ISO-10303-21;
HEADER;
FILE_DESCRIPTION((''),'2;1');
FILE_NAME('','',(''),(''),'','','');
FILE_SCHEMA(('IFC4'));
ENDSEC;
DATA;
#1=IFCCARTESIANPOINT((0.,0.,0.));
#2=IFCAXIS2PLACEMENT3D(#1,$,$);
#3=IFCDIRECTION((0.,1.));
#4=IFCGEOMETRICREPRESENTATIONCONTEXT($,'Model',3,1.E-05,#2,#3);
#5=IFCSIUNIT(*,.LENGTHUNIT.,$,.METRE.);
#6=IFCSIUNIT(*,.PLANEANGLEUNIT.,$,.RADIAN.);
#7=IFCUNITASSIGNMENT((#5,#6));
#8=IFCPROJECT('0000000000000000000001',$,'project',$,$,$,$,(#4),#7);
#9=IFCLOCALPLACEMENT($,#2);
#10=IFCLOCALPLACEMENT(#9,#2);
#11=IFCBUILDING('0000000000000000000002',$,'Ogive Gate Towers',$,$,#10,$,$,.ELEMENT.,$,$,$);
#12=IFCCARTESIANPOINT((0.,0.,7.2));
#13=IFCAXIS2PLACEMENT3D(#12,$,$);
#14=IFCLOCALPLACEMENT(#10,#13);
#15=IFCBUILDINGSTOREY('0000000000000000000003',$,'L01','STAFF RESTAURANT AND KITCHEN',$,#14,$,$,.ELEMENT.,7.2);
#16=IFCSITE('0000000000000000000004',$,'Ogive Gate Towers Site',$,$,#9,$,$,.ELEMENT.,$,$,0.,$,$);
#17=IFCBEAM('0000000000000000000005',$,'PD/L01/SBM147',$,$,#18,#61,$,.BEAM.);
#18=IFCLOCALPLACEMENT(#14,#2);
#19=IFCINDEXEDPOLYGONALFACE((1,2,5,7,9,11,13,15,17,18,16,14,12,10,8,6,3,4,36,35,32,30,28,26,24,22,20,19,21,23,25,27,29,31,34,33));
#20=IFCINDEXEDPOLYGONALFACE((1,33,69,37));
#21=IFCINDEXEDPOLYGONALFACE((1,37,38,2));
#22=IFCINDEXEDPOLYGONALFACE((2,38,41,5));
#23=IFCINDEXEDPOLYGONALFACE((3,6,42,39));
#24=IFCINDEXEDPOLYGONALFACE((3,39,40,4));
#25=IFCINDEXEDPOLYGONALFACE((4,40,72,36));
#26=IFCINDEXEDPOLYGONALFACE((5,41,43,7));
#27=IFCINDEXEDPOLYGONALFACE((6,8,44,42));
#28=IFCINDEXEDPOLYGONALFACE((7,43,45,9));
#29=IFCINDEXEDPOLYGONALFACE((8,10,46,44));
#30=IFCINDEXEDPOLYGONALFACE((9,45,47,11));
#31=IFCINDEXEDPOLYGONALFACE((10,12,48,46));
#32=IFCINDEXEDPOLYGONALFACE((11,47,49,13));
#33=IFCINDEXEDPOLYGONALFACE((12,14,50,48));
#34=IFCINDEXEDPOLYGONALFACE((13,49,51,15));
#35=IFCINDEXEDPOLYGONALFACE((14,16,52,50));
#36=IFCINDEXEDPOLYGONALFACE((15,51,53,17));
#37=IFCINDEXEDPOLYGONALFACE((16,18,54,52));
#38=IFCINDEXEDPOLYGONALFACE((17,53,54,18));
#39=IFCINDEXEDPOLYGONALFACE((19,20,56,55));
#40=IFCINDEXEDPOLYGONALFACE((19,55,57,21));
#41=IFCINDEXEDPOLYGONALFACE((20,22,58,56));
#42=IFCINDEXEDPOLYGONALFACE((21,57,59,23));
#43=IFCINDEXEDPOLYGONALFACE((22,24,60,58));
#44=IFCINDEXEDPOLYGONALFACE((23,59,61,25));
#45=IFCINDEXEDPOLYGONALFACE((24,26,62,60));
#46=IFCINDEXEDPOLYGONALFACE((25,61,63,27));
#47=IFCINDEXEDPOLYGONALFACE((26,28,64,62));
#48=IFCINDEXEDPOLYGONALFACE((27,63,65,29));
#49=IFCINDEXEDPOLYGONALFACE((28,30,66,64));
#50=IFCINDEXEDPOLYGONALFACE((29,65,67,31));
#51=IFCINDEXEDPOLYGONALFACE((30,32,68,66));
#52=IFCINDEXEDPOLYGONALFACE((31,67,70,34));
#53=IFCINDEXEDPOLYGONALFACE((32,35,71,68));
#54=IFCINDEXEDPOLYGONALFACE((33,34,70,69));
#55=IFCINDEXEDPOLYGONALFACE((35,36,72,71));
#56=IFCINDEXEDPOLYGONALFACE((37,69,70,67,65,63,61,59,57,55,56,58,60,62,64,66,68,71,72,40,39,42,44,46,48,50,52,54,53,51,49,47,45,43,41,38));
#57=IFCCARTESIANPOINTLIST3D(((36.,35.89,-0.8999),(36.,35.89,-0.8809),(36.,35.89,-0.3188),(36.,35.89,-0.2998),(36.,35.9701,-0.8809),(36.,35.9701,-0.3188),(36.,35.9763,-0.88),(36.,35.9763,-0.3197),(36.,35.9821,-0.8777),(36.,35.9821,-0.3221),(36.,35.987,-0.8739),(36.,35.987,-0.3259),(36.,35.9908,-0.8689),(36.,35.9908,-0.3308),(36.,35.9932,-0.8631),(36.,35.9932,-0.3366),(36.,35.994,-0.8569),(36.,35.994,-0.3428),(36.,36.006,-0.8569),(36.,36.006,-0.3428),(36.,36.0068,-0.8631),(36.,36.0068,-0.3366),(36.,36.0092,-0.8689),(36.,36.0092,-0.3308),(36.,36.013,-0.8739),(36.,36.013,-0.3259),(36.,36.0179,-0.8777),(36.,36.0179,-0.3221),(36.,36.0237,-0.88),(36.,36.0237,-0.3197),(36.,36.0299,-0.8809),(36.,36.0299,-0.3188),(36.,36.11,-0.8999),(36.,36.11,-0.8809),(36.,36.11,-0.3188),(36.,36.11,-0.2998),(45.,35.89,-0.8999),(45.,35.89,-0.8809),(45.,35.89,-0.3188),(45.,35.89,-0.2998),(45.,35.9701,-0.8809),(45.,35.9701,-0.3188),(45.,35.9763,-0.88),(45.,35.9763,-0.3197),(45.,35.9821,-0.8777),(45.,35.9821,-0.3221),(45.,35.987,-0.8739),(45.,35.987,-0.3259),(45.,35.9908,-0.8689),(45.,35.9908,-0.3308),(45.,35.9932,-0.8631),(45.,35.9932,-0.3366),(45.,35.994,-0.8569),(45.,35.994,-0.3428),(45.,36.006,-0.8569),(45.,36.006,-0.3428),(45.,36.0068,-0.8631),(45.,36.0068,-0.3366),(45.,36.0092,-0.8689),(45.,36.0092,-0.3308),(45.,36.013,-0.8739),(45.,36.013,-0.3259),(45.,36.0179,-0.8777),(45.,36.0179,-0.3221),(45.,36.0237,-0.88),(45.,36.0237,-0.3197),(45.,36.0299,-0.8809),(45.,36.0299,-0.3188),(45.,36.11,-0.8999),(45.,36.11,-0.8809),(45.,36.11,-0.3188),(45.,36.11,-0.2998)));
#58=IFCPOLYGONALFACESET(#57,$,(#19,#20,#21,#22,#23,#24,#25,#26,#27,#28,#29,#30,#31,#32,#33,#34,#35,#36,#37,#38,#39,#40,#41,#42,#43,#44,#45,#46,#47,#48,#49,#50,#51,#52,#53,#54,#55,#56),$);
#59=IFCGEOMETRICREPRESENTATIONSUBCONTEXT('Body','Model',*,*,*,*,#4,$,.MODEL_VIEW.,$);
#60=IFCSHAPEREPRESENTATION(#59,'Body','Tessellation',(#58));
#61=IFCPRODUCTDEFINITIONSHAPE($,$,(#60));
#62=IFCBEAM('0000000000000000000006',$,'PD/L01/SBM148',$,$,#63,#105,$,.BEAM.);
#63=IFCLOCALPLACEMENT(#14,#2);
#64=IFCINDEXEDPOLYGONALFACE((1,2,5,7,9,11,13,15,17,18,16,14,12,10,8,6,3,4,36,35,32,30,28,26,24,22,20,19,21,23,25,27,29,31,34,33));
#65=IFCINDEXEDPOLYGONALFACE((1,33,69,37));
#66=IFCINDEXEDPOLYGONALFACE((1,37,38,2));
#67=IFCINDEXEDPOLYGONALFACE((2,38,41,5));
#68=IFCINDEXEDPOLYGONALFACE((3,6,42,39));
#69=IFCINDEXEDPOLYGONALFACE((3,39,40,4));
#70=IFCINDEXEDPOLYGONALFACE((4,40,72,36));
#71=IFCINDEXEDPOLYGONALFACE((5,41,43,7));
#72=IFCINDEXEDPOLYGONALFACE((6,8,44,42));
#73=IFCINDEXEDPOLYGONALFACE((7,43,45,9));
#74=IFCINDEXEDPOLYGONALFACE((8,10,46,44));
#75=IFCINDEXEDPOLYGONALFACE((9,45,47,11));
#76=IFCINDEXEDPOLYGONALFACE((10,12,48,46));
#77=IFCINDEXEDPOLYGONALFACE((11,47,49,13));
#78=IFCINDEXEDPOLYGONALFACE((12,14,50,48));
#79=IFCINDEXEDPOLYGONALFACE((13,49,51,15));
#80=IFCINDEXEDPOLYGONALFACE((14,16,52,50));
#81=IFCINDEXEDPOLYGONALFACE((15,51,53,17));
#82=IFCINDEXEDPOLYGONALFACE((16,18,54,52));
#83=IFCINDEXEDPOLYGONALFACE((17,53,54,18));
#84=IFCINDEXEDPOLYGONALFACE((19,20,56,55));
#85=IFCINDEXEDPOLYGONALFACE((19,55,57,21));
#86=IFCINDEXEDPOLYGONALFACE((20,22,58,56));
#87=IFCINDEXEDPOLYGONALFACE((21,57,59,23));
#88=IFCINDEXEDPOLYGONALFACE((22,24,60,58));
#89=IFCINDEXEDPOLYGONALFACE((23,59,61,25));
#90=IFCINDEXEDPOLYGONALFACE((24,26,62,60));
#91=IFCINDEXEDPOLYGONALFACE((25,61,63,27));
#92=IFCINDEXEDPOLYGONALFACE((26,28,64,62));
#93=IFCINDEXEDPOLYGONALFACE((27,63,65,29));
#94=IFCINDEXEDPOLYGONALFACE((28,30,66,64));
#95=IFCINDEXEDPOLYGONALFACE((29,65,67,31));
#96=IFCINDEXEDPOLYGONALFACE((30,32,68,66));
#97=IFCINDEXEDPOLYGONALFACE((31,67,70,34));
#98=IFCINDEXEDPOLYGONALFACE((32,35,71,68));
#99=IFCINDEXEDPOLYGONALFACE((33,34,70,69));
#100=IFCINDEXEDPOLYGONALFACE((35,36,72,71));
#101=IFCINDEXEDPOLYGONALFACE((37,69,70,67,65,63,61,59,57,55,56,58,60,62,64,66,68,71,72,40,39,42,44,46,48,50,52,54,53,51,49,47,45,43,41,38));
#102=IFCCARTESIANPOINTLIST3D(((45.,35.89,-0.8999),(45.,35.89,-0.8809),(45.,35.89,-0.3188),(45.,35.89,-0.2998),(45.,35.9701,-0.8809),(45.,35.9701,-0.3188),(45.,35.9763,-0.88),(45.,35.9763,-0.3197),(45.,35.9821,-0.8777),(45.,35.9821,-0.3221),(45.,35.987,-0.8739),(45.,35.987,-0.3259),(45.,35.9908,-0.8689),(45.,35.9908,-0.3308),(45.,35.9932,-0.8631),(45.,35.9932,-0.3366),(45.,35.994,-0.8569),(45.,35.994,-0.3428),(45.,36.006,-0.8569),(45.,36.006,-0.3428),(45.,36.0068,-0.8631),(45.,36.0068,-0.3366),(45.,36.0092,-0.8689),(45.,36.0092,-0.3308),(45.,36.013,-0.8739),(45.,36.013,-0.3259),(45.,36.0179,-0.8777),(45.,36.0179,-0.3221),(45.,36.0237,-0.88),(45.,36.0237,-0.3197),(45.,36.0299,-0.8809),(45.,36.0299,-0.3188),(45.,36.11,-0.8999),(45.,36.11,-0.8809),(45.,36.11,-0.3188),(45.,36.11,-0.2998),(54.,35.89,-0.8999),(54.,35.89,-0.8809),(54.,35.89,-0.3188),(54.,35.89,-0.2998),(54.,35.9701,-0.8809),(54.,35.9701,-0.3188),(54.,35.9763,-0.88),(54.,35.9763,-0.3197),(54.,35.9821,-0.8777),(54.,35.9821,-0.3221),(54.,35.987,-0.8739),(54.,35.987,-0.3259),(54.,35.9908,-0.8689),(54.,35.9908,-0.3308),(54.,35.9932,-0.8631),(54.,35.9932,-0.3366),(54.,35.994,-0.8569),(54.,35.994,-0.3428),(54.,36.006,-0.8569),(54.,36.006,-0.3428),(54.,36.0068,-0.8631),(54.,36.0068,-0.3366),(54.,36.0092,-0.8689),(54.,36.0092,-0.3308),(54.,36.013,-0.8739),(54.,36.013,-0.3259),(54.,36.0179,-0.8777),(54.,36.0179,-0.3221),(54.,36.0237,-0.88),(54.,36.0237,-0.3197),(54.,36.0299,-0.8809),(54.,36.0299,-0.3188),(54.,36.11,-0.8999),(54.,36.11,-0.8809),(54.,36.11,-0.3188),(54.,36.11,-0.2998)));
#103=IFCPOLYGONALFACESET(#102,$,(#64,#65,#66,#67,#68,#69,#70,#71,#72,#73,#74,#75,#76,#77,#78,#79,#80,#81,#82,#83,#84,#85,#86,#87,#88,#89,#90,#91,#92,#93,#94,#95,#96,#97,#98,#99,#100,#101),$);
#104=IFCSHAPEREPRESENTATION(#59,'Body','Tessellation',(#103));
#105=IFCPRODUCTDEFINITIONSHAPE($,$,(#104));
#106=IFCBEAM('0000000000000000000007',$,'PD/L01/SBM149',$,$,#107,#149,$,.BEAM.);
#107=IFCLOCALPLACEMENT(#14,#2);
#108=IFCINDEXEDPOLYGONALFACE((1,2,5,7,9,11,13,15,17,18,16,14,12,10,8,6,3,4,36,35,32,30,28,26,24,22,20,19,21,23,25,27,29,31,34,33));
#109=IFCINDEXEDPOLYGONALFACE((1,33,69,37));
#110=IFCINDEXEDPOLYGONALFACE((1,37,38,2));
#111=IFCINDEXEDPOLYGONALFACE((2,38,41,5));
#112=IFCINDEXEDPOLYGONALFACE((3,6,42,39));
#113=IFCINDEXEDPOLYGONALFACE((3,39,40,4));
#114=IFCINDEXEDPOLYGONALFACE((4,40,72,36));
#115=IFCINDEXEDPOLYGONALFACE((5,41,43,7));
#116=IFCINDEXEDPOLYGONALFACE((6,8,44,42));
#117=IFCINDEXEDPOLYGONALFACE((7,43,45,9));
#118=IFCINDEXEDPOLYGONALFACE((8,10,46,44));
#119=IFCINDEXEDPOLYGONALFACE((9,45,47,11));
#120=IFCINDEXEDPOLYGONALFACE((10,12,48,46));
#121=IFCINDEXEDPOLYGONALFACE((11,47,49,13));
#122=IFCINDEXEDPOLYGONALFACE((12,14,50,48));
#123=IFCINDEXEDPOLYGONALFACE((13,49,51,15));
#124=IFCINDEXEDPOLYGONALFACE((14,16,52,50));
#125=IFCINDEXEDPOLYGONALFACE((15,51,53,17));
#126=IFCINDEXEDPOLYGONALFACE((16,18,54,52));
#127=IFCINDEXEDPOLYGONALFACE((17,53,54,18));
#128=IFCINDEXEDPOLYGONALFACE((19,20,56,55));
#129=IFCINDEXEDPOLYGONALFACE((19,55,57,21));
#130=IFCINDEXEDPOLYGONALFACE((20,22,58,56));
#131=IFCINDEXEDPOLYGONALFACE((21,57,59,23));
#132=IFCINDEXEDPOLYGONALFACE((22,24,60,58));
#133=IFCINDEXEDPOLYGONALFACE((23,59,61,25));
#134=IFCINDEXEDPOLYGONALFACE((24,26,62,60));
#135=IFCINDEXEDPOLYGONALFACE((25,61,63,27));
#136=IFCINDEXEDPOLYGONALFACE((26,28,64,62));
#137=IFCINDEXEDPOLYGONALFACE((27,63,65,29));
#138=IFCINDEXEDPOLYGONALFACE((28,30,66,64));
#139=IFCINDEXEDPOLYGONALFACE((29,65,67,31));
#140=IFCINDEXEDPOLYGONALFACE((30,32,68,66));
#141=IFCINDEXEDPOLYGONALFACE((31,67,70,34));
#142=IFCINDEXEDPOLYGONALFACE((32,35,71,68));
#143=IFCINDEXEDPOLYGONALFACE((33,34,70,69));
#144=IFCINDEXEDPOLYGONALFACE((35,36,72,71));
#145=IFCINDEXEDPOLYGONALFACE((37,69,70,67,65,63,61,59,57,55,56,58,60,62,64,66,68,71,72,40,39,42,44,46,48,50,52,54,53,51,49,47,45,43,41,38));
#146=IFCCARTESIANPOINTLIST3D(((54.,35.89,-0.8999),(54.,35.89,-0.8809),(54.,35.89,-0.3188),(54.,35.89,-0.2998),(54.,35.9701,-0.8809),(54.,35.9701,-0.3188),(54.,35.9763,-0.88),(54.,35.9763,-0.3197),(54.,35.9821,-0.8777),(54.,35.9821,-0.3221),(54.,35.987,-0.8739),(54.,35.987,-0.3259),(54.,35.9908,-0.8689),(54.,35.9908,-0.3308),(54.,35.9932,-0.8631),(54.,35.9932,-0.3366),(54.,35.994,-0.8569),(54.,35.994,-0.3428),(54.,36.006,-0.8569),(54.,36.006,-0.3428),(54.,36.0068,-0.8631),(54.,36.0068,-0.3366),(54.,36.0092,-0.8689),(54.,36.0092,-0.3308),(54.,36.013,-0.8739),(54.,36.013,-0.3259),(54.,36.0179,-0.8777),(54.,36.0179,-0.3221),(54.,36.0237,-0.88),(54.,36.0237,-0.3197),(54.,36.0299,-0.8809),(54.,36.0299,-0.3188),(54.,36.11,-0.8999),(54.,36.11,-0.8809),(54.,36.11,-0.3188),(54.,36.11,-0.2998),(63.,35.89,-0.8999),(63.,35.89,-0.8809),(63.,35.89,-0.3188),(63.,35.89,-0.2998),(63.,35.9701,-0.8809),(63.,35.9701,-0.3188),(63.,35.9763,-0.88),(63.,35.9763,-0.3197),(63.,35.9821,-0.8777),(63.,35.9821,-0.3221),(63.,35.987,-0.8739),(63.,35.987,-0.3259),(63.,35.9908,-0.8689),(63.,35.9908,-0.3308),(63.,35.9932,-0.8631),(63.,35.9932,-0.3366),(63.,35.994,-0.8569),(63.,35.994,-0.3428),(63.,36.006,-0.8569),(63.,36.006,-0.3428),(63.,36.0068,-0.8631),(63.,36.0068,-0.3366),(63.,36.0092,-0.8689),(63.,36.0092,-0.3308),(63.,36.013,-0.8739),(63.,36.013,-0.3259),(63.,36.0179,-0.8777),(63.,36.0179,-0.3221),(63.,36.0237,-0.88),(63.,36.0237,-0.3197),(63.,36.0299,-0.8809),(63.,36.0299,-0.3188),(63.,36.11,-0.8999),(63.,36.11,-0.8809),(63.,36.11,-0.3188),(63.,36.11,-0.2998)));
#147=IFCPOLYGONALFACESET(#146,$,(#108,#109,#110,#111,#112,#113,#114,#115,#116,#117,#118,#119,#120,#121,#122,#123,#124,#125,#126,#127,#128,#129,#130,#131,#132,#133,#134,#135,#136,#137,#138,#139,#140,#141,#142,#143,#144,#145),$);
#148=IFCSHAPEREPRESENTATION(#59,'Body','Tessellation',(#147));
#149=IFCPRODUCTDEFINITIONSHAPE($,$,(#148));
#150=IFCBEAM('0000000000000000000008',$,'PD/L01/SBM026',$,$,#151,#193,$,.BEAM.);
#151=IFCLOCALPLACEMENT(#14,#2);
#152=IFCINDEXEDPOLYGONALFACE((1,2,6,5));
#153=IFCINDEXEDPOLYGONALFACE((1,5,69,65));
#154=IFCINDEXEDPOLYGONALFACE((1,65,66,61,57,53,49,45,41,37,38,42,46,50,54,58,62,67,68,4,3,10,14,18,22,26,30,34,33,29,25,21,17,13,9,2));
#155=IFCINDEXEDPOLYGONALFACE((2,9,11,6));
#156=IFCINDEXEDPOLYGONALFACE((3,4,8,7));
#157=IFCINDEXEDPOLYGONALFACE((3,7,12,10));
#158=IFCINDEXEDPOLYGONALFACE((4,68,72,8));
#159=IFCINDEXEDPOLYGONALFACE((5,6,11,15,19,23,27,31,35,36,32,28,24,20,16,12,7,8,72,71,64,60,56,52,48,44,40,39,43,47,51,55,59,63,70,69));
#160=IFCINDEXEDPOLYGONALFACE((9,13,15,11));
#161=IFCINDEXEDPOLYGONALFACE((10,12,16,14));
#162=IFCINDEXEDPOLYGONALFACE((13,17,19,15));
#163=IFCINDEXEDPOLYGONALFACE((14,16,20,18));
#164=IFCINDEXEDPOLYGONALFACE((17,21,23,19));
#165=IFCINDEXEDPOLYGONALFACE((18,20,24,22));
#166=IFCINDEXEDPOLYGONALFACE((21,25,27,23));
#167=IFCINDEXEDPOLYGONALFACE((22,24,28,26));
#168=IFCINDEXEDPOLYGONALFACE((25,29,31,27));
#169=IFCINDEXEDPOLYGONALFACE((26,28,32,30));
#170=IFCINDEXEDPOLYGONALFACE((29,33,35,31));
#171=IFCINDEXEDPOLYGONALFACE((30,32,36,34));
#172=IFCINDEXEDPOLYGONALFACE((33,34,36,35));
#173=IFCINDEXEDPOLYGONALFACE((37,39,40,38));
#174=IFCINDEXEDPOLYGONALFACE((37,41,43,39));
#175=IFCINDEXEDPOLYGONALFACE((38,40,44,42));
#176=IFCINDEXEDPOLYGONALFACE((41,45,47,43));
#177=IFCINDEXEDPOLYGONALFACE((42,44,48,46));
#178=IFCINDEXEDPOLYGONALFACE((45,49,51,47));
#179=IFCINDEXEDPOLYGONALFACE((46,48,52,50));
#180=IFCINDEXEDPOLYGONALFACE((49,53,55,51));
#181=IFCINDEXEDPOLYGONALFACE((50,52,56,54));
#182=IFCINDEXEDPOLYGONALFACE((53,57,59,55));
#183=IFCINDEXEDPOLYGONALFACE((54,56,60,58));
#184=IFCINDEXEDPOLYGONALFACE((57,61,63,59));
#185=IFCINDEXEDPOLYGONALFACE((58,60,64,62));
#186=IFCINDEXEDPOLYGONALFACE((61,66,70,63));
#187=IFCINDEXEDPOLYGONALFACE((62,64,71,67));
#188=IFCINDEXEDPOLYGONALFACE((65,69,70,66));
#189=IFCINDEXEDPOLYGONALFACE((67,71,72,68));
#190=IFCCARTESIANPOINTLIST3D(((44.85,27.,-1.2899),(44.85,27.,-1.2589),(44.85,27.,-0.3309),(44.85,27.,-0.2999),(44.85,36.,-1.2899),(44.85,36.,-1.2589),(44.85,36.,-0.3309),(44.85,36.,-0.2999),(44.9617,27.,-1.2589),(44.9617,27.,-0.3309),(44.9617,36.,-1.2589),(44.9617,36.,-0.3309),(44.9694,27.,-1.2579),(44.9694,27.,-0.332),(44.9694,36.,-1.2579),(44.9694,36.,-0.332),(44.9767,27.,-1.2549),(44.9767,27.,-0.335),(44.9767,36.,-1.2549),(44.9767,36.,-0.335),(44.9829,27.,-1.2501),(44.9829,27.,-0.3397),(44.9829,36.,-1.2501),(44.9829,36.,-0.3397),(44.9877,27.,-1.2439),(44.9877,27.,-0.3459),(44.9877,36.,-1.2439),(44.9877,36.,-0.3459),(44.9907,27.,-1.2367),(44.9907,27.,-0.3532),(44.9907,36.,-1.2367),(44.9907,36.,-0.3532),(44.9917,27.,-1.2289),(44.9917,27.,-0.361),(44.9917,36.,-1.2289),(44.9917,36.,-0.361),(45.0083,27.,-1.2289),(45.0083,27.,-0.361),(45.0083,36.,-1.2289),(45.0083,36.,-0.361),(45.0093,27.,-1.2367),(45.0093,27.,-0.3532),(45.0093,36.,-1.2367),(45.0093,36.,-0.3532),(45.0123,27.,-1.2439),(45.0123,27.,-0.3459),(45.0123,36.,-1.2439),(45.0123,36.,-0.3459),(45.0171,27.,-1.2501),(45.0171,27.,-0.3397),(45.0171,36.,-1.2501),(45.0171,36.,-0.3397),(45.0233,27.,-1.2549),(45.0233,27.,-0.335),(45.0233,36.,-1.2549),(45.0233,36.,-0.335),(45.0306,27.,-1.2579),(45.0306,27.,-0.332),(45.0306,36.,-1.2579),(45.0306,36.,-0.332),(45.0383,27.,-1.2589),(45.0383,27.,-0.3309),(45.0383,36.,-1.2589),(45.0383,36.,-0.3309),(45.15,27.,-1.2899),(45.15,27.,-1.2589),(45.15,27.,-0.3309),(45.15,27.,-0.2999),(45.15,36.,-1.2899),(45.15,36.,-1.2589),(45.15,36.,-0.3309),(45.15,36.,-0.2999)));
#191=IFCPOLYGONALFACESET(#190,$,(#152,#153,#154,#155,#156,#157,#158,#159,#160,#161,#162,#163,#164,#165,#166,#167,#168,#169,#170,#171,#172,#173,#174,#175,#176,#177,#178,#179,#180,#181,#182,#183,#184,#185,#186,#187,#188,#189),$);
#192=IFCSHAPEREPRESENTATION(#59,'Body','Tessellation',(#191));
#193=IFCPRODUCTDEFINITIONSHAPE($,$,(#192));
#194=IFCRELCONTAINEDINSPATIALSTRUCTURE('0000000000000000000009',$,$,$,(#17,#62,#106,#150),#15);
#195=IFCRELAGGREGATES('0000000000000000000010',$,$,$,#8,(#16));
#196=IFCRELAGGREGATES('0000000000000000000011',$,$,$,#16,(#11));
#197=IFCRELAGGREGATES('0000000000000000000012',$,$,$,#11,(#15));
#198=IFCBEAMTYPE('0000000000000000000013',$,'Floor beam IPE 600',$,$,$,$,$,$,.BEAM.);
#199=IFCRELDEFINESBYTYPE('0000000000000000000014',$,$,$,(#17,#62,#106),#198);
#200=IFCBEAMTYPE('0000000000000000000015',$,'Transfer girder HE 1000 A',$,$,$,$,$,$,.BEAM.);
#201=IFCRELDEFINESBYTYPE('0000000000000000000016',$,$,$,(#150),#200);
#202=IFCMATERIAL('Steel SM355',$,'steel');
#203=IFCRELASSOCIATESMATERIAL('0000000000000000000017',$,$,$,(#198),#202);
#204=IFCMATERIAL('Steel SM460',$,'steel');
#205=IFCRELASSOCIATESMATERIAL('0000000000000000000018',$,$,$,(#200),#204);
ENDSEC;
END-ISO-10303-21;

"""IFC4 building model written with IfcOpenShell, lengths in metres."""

from ifc_helpers import new_model, si_unit, direction, frame, origin, origin_2d, place, context, subcontext, project, spatial, i_section, extrude, material, material_profile, profile_set, type_object, element, save


model = new_model("IFC4")

# Units and contexts
model_context = context("Model", 3, precision=1e-05, world=origin(), true_north=direction((0.0, 1.0)))
body_context = subcontext(model_context, "Body", "Model", "MODEL_VIEW")
ifc_project = project(units=[si_unit("LENGTHUNIT", "METRE"), si_unit("PLANEANGLEUNIT", "RADIAN")], contexts=[model_context])

# Site, building, storey
site_placement = place(None, origin())
site = spatial("IfcSite", under=ifc_project, at=site_placement, Name="Ogive Gate Towers Site", CompositionType="ELEMENT", RefElevation=0.0)
building_placement = place(site_placement, origin())
building = spatial("IfcBuilding", under=site, at=building_placement, Name="Ogive Gate Towers", CompositionType="ELEMENT")
storey_placement = place(building_placement, frame((0.0, 0.0, 7.2)))
storey = spatial("IfcBuildingStorey", under=building, at=storey_placement, Name="L01", Description="STAFF RESTAURANT AND KITCHEN", CompositionType="ELEMENT", Elevation=7.2)

# Beams
ifc_material_1 = material(Name="Steel SM355", Category="steel")
ifc_material_profile_1 = material_profile(ifc_material_1, i_section(OverallWidth=0.22, OverallDepth=0.6001, WebThickness=0.012, FlangeThickness=0.019, FilletRadius=0.0239, at=origin_2d()), Name="IPE 600")
ifc_profile_set_1 = profile_set([ifc_material_profile_1], Name="Steel SM355")
beam_type_1 = type_object("IfcBeamType", Name="Floor beam IPE 600", PredefinedType="BEAM", material=ifc_profile_set_1)
for number, where, z_axis, x_axis, name in (
    (1, (36.0, 36.0, -0.5999), (1.0, 0.0, 0.0), (0.0, 1.0, 0.0), "PD/L01/SBM147"),
    (2, (45.0, 36.0, -0.5999), (1.0, 0.0, 0.0), (0.0, 1.0, 0.0), "PD/L01/SBM148"),
    (3, (54.0, 36.0, -0.5999), (1.0, 0.0, 0.0), (0.0, 1.0, 0.0), "PD/L01/SBM149"),
):
    element("IfcBeam", number, at=place(storey_placement, frame(where, z_axis=z_axis, x_axis=x_axis)), inside=storey, type_object=beam_type_1, Name=name, PredefinedType="BEAM", context=body_context, shape_type="SweptSolid", body=[
        extrude(i_section(OverallWidth=0.22, OverallDepth=0.6001, WebThickness=0.012, FlangeThickness=0.019, FilletRadius=0.0239, at=origin_2d()), origin(), (0.0, 0.0, 1.0), 9.0),
    ])
ifc_material_2 = material(Name="Steel SM460", Category="steel")
ifc_material_profile_2 = material_profile(ifc_material_2, i_section(OverallWidth=0.3, OverallDepth=0.99, WebThickness=0.0166, FlangeThickness=0.031, FilletRadius=0.03, at=origin_2d()), Name="HE 1000 A")
ifc_profile_set_2 = profile_set([ifc_material_profile_2], Name="Steel SM460")
beam_type_2 = type_object("IfcBeamType", Name="Transfer girder HE 1000 A", PredefinedType="BEAM", material=ifc_profile_set_2)
for number, where, z_axis, x_axis, name in (
    (4, (45.0, 27.0, -0.7949), (0.0, 1.0, 0.0), (-1.0, 0.0, 0.0), "PD/L01/SBM026"),
):
    element("IfcBeam", number, at=place(storey_placement, frame(where, z_axis=z_axis, x_axis=x_axis)), inside=storey, type_object=beam_type_2, Name=name, PredefinedType="BEAM", context=body_context, shape_type="SweptSolid", body=[
        extrude(i_section(OverallWidth=0.3, OverallDepth=0.99, WebThickness=0.0166, FlangeThickness=0.031, FilletRadius=0.03, at=origin_2d()), origin(), (0.0, 0.0, 1.0), 9.0),
    ])

save(model, "model.ifc")
